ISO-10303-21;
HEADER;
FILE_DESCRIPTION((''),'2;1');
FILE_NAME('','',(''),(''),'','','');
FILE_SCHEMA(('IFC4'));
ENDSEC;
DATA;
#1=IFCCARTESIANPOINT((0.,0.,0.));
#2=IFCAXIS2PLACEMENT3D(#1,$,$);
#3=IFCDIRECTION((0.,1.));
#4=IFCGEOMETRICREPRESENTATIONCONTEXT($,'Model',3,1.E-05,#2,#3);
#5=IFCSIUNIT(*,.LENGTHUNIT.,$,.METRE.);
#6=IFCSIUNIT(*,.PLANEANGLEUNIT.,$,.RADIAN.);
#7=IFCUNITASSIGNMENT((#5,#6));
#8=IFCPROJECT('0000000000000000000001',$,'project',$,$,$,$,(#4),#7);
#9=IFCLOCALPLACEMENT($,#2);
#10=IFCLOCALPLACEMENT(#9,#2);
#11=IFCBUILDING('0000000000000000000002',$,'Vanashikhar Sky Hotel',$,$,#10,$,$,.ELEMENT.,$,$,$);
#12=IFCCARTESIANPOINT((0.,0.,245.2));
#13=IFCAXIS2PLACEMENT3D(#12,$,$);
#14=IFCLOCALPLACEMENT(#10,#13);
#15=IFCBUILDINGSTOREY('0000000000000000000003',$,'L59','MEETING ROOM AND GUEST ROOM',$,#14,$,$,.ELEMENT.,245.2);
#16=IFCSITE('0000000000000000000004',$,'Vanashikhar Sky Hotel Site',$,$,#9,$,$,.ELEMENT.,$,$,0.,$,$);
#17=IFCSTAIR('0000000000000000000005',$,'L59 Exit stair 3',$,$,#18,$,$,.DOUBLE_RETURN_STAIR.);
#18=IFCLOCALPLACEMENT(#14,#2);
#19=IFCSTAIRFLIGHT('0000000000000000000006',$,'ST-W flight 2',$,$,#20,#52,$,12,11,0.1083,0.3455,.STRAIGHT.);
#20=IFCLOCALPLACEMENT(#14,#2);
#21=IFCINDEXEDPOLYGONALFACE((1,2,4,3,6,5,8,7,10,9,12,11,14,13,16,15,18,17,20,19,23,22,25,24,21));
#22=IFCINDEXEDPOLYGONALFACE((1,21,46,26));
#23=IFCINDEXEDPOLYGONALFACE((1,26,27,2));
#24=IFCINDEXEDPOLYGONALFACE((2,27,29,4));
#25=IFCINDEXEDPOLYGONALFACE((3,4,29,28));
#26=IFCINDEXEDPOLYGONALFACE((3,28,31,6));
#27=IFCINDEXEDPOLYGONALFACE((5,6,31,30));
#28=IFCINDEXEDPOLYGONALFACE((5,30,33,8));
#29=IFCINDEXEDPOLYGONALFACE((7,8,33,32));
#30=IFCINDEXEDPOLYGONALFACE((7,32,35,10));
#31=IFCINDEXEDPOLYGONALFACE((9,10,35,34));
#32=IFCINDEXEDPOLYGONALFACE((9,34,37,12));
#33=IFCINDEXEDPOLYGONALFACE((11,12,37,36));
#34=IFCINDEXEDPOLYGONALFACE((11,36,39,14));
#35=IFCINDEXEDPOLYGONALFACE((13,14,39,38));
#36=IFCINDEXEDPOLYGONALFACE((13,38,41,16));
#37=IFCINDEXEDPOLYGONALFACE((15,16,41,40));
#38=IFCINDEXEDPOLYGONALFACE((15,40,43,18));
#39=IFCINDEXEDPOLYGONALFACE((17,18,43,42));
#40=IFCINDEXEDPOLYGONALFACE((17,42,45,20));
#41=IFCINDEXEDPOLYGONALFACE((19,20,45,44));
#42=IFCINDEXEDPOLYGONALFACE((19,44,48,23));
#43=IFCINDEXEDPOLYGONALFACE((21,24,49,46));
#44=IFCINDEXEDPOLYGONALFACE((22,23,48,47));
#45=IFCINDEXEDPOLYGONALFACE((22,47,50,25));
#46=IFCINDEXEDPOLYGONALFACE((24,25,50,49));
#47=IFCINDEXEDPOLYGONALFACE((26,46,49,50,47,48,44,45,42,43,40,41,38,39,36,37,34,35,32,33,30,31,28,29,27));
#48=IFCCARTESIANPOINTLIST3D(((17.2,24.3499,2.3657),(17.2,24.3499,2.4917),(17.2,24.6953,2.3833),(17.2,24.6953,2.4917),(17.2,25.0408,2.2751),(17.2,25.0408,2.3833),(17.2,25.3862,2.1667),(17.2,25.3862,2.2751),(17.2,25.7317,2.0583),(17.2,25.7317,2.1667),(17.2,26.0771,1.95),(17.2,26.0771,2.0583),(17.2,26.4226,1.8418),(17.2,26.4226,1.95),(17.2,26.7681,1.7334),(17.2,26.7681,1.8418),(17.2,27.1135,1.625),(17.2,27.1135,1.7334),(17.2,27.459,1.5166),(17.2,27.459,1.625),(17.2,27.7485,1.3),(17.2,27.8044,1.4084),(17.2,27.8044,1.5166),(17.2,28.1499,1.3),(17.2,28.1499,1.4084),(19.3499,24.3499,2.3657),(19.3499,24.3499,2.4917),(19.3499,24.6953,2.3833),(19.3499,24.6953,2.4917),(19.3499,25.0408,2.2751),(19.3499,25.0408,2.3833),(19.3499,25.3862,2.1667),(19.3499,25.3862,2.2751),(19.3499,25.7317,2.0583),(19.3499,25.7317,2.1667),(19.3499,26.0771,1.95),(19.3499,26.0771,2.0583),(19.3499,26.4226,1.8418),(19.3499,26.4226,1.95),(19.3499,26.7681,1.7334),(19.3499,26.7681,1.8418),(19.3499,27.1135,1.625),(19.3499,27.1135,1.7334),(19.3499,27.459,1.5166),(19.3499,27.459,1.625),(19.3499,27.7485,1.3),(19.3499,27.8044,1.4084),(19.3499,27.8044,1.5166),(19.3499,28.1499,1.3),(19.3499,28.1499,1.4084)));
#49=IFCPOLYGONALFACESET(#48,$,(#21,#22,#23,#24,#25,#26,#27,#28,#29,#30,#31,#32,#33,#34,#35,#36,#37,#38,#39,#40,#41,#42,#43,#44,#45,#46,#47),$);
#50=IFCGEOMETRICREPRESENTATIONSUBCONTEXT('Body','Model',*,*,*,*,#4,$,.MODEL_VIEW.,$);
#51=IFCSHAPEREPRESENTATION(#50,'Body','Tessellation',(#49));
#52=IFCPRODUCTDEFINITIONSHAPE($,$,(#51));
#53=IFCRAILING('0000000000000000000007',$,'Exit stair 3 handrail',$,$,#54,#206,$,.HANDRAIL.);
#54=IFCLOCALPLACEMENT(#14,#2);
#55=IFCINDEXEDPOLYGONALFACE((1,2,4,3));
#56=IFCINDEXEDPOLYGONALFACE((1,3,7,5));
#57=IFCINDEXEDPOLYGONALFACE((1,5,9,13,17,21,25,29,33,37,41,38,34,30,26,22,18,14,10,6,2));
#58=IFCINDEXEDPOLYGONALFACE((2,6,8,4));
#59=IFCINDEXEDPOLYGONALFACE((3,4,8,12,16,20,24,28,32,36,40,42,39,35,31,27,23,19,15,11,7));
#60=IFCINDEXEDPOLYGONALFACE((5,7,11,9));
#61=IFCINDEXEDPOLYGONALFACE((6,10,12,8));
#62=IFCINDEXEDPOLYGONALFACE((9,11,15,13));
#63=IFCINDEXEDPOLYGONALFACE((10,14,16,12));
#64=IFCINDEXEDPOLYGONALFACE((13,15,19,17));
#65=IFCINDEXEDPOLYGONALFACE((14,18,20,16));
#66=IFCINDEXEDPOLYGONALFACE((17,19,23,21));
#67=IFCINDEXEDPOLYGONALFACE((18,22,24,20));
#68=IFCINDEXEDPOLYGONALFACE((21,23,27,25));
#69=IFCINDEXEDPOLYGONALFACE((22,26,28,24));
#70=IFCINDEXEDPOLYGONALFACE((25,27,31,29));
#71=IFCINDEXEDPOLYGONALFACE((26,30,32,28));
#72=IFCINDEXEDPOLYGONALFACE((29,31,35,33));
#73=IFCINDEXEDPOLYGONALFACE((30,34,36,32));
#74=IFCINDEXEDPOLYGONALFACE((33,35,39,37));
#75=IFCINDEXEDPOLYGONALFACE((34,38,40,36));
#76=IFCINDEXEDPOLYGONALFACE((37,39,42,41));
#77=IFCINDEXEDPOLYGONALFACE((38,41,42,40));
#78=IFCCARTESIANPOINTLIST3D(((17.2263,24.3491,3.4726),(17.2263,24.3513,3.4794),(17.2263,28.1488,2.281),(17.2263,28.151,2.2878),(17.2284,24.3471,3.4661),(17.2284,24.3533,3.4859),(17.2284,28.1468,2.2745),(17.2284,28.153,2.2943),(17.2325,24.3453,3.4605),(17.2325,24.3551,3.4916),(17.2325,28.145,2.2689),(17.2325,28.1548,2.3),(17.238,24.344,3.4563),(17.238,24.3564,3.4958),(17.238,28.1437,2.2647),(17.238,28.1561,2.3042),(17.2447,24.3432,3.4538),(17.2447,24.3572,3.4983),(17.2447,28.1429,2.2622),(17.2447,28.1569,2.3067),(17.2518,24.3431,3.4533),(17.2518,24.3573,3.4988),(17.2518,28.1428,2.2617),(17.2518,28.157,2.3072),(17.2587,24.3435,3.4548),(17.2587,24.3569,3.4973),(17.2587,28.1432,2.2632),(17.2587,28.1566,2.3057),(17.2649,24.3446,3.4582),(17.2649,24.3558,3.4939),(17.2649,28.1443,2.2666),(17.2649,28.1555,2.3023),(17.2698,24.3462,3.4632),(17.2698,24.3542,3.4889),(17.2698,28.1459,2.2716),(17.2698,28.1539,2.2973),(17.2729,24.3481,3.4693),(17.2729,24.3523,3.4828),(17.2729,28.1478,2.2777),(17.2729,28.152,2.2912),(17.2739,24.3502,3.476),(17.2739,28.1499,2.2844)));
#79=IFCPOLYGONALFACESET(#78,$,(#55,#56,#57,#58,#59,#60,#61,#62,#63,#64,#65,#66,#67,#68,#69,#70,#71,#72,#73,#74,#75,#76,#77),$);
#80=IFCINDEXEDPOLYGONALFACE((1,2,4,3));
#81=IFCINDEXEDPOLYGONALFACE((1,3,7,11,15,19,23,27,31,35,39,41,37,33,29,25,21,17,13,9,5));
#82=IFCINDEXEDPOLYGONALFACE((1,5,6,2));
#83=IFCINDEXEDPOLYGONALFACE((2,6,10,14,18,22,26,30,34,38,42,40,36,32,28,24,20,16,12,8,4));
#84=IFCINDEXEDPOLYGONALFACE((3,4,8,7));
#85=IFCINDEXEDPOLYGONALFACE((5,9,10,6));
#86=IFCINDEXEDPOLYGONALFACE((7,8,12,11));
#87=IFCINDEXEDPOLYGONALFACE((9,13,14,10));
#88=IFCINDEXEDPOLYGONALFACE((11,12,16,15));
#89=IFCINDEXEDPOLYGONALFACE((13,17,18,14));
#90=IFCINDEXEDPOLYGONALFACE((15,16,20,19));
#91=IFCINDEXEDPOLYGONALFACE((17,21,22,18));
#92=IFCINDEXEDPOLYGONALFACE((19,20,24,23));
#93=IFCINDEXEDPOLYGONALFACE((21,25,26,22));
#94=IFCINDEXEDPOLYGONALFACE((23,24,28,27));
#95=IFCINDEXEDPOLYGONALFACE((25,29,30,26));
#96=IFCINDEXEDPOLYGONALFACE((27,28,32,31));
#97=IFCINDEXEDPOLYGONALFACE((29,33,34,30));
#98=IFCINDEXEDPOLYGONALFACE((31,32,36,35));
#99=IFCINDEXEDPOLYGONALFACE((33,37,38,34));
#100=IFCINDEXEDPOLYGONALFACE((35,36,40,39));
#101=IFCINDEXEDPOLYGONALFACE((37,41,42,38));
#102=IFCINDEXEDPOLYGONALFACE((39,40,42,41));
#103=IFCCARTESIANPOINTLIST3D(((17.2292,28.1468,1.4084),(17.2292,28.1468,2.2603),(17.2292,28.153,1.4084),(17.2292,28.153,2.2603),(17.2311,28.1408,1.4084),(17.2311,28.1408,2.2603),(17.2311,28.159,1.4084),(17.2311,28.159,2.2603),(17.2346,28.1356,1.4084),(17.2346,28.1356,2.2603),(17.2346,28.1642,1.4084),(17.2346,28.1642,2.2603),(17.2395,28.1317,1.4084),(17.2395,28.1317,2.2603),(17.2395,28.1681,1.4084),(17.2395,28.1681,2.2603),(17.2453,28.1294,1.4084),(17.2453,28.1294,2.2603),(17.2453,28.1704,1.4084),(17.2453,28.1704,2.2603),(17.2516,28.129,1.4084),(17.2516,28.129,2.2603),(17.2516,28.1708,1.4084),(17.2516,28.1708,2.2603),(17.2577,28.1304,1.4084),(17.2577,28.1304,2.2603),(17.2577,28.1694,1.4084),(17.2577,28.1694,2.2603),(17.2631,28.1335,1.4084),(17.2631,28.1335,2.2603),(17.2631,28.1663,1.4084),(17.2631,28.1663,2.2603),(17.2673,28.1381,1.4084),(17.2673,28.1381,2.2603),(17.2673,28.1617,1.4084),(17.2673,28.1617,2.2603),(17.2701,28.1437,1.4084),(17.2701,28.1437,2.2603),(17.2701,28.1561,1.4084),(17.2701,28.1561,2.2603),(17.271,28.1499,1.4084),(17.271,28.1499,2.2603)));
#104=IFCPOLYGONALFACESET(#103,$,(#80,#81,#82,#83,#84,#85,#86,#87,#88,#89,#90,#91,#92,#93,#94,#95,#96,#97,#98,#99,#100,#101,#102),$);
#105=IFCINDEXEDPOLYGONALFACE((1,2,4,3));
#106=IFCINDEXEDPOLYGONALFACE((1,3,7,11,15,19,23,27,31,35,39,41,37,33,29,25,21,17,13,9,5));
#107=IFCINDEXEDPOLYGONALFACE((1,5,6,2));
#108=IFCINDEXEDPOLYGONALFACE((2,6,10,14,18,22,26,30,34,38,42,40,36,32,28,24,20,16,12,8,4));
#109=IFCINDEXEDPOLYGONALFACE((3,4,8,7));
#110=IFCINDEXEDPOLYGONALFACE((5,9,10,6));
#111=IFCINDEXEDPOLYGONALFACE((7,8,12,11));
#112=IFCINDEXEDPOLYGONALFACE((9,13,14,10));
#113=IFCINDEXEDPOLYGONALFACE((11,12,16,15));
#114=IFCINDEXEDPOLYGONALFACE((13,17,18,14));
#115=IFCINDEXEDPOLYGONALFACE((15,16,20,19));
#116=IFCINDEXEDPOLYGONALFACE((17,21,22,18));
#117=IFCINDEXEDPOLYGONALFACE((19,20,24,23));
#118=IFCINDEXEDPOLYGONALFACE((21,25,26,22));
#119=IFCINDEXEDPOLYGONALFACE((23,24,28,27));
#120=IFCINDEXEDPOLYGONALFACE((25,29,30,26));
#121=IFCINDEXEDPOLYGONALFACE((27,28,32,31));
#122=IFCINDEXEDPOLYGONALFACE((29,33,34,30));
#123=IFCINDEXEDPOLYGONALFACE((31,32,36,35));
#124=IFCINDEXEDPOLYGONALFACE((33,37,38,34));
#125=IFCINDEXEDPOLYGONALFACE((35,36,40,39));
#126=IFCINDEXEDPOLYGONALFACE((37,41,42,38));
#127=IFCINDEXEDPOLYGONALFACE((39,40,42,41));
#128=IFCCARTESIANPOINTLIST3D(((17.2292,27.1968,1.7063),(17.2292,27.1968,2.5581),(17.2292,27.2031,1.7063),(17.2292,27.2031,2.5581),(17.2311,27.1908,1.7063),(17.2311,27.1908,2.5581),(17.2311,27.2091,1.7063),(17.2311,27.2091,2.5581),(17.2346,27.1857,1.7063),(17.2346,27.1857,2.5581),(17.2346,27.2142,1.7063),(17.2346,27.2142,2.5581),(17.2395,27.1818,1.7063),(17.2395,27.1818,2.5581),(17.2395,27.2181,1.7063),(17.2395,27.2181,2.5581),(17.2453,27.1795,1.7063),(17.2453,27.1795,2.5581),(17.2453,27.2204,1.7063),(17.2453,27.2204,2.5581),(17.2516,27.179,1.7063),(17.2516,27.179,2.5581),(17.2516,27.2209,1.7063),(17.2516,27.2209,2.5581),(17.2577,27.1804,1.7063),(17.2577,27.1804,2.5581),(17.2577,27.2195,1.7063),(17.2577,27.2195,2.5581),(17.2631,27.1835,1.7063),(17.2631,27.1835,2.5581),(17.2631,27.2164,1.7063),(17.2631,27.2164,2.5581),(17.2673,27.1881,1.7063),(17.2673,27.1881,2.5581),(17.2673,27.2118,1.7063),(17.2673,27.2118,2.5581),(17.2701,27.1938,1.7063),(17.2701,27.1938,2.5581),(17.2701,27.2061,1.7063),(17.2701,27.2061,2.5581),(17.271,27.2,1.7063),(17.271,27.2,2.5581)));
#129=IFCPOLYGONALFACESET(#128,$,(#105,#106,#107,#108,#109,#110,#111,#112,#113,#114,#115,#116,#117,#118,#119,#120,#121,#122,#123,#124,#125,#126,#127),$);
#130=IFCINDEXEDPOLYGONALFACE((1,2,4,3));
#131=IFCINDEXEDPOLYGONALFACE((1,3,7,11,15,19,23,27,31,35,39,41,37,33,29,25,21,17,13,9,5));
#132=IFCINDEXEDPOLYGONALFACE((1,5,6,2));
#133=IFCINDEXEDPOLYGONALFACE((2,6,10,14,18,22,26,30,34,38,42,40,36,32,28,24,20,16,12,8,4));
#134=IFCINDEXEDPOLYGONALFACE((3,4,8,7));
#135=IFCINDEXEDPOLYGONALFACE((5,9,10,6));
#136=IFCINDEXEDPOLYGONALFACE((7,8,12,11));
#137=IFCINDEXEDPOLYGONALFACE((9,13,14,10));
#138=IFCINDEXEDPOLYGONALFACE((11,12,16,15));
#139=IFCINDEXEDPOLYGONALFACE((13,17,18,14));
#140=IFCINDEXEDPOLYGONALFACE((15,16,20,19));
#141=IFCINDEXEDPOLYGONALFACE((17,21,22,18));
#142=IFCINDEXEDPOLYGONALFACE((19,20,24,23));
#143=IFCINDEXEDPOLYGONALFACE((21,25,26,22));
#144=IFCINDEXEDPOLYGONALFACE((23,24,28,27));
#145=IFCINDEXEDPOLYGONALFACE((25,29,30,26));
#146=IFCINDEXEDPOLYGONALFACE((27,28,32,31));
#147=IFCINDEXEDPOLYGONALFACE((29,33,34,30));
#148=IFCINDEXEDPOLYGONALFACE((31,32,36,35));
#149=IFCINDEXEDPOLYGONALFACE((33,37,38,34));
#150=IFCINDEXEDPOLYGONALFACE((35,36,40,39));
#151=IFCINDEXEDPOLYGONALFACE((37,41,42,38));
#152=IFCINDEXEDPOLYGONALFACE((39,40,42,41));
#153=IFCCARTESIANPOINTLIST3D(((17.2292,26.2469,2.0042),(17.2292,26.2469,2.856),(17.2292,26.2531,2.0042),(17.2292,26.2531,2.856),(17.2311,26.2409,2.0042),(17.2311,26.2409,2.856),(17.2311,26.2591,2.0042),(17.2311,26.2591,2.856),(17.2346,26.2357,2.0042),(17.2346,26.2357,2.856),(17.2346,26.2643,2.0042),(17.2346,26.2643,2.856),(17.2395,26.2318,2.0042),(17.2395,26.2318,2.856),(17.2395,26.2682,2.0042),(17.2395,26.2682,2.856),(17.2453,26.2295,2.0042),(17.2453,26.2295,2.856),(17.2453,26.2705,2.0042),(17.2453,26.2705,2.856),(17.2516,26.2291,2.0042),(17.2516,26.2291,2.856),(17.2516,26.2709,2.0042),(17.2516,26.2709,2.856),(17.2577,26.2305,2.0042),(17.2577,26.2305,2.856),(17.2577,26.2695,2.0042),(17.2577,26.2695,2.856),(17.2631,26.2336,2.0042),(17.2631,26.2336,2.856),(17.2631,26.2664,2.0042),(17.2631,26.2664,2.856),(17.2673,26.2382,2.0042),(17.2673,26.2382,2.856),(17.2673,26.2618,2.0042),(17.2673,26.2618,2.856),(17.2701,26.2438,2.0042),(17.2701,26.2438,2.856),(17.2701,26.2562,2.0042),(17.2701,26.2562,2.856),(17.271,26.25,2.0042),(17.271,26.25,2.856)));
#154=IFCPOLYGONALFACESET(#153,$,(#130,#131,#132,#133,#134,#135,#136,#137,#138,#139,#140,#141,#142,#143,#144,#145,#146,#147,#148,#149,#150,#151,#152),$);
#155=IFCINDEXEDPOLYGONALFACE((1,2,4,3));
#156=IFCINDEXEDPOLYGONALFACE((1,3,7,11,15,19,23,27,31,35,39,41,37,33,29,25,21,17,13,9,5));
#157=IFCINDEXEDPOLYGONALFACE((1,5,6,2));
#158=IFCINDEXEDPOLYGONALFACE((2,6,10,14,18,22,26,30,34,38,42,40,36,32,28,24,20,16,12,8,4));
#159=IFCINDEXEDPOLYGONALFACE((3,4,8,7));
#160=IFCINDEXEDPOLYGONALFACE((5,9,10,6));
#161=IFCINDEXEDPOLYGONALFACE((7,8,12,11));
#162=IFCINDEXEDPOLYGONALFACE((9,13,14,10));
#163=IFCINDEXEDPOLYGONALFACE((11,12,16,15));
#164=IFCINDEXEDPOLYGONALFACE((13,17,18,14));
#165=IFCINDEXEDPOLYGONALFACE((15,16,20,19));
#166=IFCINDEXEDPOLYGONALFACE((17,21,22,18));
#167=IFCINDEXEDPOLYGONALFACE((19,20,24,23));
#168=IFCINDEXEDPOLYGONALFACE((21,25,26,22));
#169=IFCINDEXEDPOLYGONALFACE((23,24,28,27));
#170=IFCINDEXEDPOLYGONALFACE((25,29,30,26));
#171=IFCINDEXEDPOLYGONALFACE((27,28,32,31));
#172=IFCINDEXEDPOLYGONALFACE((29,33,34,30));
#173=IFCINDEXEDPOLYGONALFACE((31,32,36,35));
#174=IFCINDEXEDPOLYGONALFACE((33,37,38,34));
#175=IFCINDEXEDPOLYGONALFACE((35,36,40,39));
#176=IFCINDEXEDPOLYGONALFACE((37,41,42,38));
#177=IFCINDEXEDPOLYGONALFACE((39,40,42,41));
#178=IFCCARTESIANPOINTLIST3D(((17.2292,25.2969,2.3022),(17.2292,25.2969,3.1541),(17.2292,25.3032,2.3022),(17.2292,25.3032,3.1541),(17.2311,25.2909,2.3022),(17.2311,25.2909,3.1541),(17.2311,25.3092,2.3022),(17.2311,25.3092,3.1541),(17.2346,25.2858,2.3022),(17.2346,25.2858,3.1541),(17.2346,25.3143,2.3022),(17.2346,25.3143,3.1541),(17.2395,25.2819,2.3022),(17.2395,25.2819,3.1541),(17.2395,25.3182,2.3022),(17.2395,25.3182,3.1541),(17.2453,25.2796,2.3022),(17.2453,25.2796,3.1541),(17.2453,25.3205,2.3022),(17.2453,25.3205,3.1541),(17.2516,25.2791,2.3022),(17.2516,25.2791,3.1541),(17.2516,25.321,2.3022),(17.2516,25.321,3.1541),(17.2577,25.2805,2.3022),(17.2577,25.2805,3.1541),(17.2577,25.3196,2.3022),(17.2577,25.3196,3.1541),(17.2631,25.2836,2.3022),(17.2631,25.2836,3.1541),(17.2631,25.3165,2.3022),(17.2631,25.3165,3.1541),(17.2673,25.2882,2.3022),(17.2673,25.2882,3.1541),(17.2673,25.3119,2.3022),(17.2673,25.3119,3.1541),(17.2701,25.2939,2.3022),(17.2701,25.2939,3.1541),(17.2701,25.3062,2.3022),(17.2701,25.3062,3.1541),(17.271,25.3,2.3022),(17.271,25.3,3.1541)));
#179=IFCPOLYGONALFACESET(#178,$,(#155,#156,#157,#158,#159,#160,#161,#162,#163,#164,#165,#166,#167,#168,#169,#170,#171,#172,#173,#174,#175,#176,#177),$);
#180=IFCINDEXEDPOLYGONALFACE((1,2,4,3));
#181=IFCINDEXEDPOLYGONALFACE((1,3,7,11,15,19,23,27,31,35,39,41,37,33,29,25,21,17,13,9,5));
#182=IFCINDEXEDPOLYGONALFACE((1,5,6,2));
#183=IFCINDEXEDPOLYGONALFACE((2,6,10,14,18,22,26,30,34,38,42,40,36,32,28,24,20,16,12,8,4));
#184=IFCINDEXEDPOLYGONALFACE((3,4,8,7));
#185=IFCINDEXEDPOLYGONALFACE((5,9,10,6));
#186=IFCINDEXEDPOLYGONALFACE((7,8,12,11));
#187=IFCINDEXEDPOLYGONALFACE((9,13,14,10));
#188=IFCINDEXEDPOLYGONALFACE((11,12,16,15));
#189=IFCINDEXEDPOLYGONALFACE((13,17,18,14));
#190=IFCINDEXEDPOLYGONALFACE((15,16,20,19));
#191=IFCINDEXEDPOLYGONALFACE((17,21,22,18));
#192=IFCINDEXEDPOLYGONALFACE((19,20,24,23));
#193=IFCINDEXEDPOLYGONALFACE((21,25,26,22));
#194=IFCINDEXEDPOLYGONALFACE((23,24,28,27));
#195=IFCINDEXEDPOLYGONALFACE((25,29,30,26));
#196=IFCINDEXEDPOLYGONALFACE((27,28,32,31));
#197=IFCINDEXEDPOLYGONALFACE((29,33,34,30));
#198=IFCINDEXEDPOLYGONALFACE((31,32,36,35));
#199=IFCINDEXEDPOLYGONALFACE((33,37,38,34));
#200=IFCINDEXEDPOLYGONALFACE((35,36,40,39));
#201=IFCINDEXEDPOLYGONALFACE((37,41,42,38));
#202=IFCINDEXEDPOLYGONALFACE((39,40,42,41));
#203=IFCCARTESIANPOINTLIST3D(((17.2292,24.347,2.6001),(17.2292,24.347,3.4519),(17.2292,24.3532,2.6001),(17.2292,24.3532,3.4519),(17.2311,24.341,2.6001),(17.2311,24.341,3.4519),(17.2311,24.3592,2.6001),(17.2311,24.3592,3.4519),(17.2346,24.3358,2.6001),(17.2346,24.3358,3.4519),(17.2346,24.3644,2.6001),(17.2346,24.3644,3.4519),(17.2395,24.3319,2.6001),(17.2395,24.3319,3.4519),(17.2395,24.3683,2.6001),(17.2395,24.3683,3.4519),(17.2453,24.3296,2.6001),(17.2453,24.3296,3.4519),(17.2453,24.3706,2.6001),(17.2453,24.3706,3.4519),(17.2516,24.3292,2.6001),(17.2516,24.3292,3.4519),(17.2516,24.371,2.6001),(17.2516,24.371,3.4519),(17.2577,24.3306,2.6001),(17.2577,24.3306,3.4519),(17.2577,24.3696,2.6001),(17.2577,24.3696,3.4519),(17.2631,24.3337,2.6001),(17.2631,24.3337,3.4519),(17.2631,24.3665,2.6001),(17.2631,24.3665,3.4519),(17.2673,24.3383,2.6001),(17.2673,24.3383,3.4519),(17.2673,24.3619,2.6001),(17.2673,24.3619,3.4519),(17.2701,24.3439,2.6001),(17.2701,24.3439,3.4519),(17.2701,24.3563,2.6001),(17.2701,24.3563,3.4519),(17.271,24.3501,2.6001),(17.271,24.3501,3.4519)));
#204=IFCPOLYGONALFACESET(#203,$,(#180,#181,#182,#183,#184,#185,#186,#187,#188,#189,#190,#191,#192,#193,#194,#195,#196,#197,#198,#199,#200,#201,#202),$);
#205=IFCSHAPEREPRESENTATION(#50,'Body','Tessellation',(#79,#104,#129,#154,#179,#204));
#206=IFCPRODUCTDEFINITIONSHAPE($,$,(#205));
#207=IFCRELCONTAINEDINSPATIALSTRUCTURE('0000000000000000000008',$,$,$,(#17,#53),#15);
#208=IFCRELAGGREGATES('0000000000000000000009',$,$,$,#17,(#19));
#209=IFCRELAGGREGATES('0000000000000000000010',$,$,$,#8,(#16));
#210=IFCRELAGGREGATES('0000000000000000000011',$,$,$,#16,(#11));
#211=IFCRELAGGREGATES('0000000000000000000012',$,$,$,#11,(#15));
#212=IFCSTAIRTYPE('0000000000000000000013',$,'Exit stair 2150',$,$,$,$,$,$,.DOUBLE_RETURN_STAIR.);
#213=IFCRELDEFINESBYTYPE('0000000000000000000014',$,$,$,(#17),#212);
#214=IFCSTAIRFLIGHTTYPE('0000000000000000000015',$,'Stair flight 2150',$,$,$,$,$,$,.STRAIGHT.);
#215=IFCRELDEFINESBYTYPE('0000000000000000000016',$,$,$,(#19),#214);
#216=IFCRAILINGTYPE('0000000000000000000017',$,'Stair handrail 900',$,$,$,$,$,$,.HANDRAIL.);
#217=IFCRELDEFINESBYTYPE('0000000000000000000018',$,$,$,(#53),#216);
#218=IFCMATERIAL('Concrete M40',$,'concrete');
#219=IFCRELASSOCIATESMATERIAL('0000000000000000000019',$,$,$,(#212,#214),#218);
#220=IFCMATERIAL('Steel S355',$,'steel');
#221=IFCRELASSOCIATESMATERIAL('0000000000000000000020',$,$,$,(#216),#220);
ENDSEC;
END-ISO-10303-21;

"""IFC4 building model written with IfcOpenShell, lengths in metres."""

from ifc_helpers import new_model, si_unit, direction, frame, origin, origin_2d, place, context, subcontext, project, spatial, polyline, circle, outline, extrude, source, transform, mapped, material, type_object, element, aggregate, save


model = new_model("IFC4")

# Units and contexts
model_context = context("Model", 3, precision=1e-05, world=origin(), true_north=direction((0.0, 1.0)))
body_context = subcontext(model_context, "Body", "Model", "MODEL_VIEW")
ifc_project = project(units=[si_unit("LENGTHUNIT", "METRE"), si_unit("PLANEANGLEUNIT", "RADIAN")], contexts=[model_context])

# Site, building, storey
site_placement = place(None, origin())
site = spatial("IfcSite", under=ifc_project, at=site_placement, Name="Vanashikhar Sky Hotel Site", CompositionType="ELEMENT", RefElevation=0.0)
building_placement = place(site_placement, origin())
building = spatial("IfcBuilding", under=site, at=building_placement, Name="Vanashikhar Sky Hotel", CompositionType="ELEMENT")
storey_placement = place(building_placement, frame((0.0, 0.0, 245.2)))
storey = spatial("IfcBuildingStorey", under=building, at=storey_placement, Name="L59", Description="MEETING ROOM AND GUEST ROOM", CompositionType="ELEMENT", Elevation=245.2)

# Stair, stair flight
ifc_material_1 = material(Name="Concrete M40", Category="concrete")
stair_type = type_object("IfcStairType", Name="Exit stair 2150", PredefinedType="DOUBLE_RETURN_STAIR", material=ifc_material_1)
stair_placement = place(storey_placement, origin())
stair = element("IfcStair", 1, at=stair_placement, inside=storey, type_object=stair_type, Name="L59 Exit stair 3", PredefinedType="DOUBLE_RETURN_STAIR")
stair_flight_type = type_object("IfcStairFlightType", Name="Stair flight 2150", PredefinedType="STRAIGHT", material=ifc_material_1)
shared_shape_1 = source(origin(), body_context, "Body", "SweptSolid", [
    extrude(outline(polyline([(0.0, 0.0), (0.0, 0.1084), (0.3455, 0.1084), (0.3455, 0.2166), (0.6909, 0.2166), (0.6909, 0.325), (1.0364, 0.325), (1.0364, 0.4333), (1.3818, 0.4333), (1.3818, 0.5417), (1.7273, 0.5417), (1.7273, 0.6499), (2.0728, 0.6499), (2.0728, 0.7583), (2.4182, 0.7583), (2.4182, 0.8667), (2.7637, 0.8667), (2.7637, 0.9751), (3.1091, 0.9751), (3.1091, 1.0833), (3.4546, 1.0833), (3.4546, 1.1917), (3.8, 1.1917), (3.8, 1.3), (3.8, 1.0657), (0.4014, 0.0), (0.0, 0.0)])), frame((0.0, 1.075, 0.0), z_axis=(0.0, -1.0, 0.0), x_axis=(1.0, 0.0, 0.0)), (0.0, 0.0, 1.0), 2.1499),
])
stair_flight_1_placement = place(storey_placement, frame((18.2749, 28.1499, 1.3), z_axis=(0.0, 0.0, 1.0), x_axis=(0.0, -1.0, 0.0)))
stair_flight_1 = element("IfcStairFlight", 2, at=stair_flight_1_placement, type_object=stair_flight_type, Name="ST-W flight 2", NumberOfRisers=12, NumberOfTreads=11, PredefinedType="STRAIGHT", RiserHeight=0.1083, TreadLength=0.3455, context=body_context, shape_type="MappedRepresentation", body=[
    mapped(shared_shape_1, transform((0.0, 0.0, 0.0), scale=1.0)),
])
aggregate(stair, [stair_flight_1])

# Railing
ifc_material_2 = material(Name="Steel S355", Category="steel")
railing_type_1 = type_object("IfcRailingType", Name="Stair handrail 900", PredefinedType="HANDRAIL", material=ifc_material_2)
shared_shape_2 = source(origin(), body_context, "Body", "SweptSolid", [
    extrude(circle(Radius=0.0239, at=origin_2d()), frame((0.0, 0.0, 0.876), z_axis=(0.0, -0.954178, 0.299238), x_axis=(1.0, 0.0, 0.0)), (0.0, 0.0, 1.0), 3.9822),
    extrude(circle(Radius=0.021, at=origin_2d()), origin(), (0.0, 0.0, 1.0), 0.8518),
    extrude(circle(Radius=0.021, at=origin_2d()), frame((0.0, -0.95, 0.2979)), (0.0, 0.0, 1.0), 0.8518),
    extrude(circle(Radius=0.021, at=origin_2d()), frame((0.0, -1.8999, 0.5957)), (0.0, 0.0, 1.0), 0.8518),
    extrude(circle(Radius=0.021, at=origin_2d()), frame((0.0, -2.8499, 0.8938)), (0.0, 0.0, 1.0), 0.8518),
    extrude(circle(Radius=0.021, at=origin_2d()), frame((0.0, -3.7998, 1.1917)), (0.0, 0.0, 1.0), 0.8518),
])
railing_1_placement = place(storey_placement, frame((17.25, 28.1499, 1.4084)))
element("IfcRailing", 3, at=railing_1_placement, inside=storey, type_object=railing_type_1, Name="Exit stair 3 handrail", PredefinedType="HANDRAIL", context=body_context, shape_type="MappedRepresentation", body=[
    mapped(shared_shape_2, transform((0.0, 0.0, 0.0), scale=1.0)),
])

save(model, "model.ifc")
